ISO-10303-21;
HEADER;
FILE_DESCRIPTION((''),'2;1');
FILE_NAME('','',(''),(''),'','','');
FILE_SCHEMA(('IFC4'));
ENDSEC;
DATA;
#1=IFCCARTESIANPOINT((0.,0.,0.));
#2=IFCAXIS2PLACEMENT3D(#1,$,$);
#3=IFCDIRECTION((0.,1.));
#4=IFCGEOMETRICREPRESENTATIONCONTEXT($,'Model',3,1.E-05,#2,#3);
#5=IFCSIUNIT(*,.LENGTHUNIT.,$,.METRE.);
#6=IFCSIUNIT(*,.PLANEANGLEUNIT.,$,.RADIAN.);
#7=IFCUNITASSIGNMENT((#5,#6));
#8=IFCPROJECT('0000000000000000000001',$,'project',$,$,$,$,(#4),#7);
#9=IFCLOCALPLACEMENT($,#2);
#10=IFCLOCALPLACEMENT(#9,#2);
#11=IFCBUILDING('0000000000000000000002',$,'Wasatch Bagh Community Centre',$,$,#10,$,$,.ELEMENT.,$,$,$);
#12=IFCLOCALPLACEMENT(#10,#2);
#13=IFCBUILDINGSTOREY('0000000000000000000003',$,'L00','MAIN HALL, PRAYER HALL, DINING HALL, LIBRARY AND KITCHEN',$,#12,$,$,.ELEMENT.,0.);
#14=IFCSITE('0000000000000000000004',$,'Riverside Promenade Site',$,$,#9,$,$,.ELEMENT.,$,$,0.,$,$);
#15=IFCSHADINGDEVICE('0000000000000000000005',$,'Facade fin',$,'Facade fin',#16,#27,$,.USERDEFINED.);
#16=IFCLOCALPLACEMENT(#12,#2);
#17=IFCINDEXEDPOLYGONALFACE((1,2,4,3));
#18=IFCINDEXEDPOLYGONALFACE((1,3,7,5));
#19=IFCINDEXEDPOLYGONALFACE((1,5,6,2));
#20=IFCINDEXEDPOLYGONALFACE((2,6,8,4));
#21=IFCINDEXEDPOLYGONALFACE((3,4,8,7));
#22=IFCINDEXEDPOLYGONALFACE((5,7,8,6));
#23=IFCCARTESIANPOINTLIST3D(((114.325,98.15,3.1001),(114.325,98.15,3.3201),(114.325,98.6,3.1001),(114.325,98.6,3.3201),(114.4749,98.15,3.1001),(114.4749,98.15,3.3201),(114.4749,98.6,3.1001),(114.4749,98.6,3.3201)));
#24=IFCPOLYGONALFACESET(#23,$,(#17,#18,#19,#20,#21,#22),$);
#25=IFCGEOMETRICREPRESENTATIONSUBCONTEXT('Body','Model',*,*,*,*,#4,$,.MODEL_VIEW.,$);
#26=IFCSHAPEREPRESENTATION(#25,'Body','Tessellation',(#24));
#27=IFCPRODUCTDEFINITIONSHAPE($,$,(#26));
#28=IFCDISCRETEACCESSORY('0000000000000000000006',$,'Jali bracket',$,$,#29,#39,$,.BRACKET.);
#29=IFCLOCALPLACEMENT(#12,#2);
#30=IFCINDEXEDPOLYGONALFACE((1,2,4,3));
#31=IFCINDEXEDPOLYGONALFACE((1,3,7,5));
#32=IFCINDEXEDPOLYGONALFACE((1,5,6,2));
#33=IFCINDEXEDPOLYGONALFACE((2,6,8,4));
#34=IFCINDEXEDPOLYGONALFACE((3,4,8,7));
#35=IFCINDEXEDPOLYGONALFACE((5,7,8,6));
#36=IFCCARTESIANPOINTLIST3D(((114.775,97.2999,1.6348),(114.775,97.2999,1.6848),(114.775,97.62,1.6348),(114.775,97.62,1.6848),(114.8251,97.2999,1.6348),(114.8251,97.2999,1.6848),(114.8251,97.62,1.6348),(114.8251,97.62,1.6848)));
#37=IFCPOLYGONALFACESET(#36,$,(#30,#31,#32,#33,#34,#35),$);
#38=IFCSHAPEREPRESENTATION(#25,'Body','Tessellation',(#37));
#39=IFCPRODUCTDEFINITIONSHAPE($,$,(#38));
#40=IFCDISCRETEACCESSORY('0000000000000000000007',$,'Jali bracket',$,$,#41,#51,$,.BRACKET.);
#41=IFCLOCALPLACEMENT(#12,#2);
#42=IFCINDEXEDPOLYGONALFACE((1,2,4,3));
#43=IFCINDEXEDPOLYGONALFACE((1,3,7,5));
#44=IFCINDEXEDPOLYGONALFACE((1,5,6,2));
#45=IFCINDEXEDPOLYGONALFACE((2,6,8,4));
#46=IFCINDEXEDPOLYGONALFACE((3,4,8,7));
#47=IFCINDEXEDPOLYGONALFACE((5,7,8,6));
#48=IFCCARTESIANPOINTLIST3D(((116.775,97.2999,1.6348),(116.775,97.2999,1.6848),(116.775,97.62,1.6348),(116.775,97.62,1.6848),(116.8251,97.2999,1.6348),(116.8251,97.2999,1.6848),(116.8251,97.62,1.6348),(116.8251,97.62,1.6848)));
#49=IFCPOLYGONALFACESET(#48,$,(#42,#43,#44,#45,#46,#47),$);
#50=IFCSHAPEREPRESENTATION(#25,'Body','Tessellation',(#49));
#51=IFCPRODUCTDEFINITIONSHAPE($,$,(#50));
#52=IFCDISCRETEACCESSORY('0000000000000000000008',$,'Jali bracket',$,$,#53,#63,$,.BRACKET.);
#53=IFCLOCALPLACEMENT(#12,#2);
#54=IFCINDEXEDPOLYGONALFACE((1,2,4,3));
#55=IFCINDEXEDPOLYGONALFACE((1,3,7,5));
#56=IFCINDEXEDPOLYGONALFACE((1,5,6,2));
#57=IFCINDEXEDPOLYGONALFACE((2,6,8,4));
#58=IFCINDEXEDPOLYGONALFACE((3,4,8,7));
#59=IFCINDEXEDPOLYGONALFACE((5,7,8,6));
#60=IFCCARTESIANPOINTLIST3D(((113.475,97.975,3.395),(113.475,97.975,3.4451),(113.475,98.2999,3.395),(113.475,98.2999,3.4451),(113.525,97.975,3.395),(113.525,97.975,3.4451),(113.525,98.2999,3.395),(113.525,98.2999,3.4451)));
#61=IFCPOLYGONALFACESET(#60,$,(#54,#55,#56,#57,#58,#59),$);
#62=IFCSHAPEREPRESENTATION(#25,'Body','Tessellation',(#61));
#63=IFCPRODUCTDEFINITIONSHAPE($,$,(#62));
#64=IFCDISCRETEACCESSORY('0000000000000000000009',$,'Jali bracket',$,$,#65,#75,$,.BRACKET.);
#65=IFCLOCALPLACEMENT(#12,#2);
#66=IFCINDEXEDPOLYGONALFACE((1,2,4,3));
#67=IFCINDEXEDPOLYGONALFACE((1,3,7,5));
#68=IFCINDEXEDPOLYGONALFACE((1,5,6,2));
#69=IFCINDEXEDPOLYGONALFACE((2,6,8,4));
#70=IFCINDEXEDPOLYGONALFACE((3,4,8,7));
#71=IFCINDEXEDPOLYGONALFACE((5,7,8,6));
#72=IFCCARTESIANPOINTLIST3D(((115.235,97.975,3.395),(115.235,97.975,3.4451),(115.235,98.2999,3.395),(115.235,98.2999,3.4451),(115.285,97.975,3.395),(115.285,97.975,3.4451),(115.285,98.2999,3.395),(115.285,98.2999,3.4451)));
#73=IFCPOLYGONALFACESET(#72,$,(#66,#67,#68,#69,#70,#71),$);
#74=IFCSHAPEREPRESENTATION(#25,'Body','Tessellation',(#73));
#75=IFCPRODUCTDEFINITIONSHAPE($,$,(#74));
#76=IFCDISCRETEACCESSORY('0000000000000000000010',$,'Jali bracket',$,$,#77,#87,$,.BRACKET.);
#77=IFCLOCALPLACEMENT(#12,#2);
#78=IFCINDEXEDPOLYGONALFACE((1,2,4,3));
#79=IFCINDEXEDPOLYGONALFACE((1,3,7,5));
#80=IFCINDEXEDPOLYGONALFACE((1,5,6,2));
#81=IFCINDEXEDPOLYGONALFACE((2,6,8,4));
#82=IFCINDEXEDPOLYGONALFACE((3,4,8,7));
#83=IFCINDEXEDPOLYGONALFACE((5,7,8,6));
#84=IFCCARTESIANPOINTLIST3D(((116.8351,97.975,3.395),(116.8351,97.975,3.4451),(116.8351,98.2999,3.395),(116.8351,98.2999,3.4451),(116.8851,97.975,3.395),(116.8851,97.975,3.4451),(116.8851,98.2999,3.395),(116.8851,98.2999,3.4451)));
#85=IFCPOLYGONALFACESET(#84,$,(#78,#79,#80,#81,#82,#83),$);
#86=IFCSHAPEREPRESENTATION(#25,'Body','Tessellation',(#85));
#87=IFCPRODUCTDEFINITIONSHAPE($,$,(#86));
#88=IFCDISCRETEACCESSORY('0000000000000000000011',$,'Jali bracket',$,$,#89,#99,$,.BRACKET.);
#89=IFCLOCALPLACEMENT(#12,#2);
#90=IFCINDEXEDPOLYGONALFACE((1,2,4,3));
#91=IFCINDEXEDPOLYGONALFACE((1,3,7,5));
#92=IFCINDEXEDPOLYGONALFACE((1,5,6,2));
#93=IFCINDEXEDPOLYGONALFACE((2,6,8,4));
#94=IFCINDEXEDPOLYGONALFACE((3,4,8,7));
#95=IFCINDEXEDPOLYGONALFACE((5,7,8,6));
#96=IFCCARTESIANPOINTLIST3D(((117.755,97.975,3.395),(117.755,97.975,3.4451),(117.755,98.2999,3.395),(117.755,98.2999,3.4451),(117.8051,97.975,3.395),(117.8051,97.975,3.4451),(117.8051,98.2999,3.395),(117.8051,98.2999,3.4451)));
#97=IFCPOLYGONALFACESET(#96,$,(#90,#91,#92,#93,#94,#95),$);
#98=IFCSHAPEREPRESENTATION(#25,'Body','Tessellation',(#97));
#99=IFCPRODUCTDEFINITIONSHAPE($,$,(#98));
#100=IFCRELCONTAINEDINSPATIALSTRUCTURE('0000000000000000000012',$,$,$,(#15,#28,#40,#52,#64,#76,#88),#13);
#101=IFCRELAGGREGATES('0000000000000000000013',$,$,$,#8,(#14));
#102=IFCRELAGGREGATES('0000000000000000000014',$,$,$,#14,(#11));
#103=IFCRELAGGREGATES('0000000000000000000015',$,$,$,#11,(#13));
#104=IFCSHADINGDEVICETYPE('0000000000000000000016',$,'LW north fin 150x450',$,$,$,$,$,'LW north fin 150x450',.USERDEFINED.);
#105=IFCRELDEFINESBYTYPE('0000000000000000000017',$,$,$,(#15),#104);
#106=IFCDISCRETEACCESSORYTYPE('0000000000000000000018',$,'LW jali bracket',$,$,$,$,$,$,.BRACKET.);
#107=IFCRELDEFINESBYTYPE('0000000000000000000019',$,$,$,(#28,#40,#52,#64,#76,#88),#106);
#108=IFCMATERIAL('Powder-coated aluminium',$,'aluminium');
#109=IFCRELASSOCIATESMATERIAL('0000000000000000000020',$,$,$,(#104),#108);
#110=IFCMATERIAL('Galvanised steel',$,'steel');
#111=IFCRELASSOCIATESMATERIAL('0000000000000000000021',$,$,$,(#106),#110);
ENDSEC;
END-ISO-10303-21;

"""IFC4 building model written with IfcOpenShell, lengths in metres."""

from ifc_helpers import new_model, si_unit, direction, frame, origin, origin_2d, place, context, subcontext, project, spatial, rectangle, extrude, material, type_object, element, save


model = new_model("IFC4")

# Units and contexts
model_context = context("Model", 3, precision=1e-05, world=origin(), true_north=direction((0.0, 1.0)))
body_context = subcontext(model_context, "Body", "Model", "MODEL_VIEW")
ifc_project = project(units=[si_unit("LENGTHUNIT", "METRE"), si_unit("PLANEANGLEUNIT", "RADIAN")], contexts=[model_context])

# Site, building, storey
site_placement = place(None, origin())
site = spatial("IfcSite", under=ifc_project, at=site_placement, Name="Riverside Promenade Site", CompositionType="ELEMENT", RefElevation=0.0)
building_placement = place(site_placement, origin())
building = spatial("IfcBuilding", under=site, at=building_placement, Name="Wasatch Bagh Community Centre", CompositionType="ELEMENT")
storey_placement = place(building_placement, origin())
storey = spatial("IfcBuildingStorey", under=building, at=storey_placement, Name="L00", Description="MAIN HALL, PRAYER HALL, DINING HALL, LIBRARY AND KITCHEN", CompositionType="ELEMENT", Elevation=0.0)

# Shading device
ifc_material_1 = material(Name="Powder-coated aluminium", Category="aluminium")
shading_device_type = type_object("IfcShadingDeviceType", Name="LW north fin 150x450", ElementType="LW north fin 150x450", PredefinedType="USERDEFINED", material=ifc_material_1)
shading_device_placement = place(storey_placement, frame((114.3999, 98.375, 3.1001), z_axis=(0.0, 0.0, 1.0), x_axis=(1.0, 0.0, 0.0)))
element("IfcShadingDevice", 1, at=shading_device_placement, inside=storey, type_object=shading_device_type, Name="Facade fin", ObjectType="Facade fin", PredefinedType="USERDEFINED", context=body_context, shape_type="SweptSolid", body=[
    extrude(rectangle(XDim=0.1499, YDim=0.45, at=origin_2d()), origin(), (0.0, 0.0, 1.0), 0.22),
])

# Discrete accessories
ifc_material_2 = material(Name="Galvanised steel", Category="steel")
discrete_accessory_type = type_object("IfcDiscreteAccessoryType", Name="LW jali bracket", PredefinedType="BRACKET", material=ifc_material_2)
for number, where, z_axis, x_axis, name in (
    (2, (114.8, 97.46, 1.6348), (0.0, 0.0, 1.0), (1.0, 0.0, 0.0), "Jali bracket"),
    (3, (116.8, 97.46, 1.6348), (0.0, 0.0, 1.0), (1.0, 0.0, 0.0), "Jali bracket"),
):
    element("IfcDiscreteAccessory", number, at=place(storey_placement, frame(where, z_axis=z_axis, x_axis=x_axis)), inside=storey, type_object=discrete_accessory_type, Name=name, PredefinedType="BRACKET", context=body_context, shape_type="SweptSolid", body=[
        extrude(rectangle(XDim=0.05, YDim=0.3201, at=origin_2d()), origin(), (0.0, 0.0, 1.0), 0.05),
    ])
for number, where, z_axis, x_axis, name in (
    (4, (113.5, 98.1375, 3.395), (0.0, 0.0, 1.0), (1.0, 0.0, 0.0), "Jali bracket"),
    (5, (115.26, 98.1375, 3.395), (0.0, 0.0, 1.0), (1.0, 0.0, 0.0), "Jali bracket"),
    (6, (116.8601, 98.1375, 3.395), (0.0, 0.0, 1.0), (1.0, 0.0, 0.0), "Jali bracket"),
    (7, (117.78, 98.1375, 3.395), (0.0, 0.0, 1.0), (1.0, 0.0, 0.0), "Jali bracket"),
):
    element("IfcDiscreteAccessory", number, at=place(storey_placement, frame(where, z_axis=z_axis, x_axis=x_axis)), inside=storey, type_object=discrete_accessory_type, Name=name, PredefinedType="BRACKET", context=body_context, shape_type="SweptSolid", body=[
        extrude(rectangle(XDim=0.05, YDim=0.325, at=origin_2d()), origin(), (0.0, 0.0, 1.0), 0.05),
    ])

save(model, "model.ifc")
